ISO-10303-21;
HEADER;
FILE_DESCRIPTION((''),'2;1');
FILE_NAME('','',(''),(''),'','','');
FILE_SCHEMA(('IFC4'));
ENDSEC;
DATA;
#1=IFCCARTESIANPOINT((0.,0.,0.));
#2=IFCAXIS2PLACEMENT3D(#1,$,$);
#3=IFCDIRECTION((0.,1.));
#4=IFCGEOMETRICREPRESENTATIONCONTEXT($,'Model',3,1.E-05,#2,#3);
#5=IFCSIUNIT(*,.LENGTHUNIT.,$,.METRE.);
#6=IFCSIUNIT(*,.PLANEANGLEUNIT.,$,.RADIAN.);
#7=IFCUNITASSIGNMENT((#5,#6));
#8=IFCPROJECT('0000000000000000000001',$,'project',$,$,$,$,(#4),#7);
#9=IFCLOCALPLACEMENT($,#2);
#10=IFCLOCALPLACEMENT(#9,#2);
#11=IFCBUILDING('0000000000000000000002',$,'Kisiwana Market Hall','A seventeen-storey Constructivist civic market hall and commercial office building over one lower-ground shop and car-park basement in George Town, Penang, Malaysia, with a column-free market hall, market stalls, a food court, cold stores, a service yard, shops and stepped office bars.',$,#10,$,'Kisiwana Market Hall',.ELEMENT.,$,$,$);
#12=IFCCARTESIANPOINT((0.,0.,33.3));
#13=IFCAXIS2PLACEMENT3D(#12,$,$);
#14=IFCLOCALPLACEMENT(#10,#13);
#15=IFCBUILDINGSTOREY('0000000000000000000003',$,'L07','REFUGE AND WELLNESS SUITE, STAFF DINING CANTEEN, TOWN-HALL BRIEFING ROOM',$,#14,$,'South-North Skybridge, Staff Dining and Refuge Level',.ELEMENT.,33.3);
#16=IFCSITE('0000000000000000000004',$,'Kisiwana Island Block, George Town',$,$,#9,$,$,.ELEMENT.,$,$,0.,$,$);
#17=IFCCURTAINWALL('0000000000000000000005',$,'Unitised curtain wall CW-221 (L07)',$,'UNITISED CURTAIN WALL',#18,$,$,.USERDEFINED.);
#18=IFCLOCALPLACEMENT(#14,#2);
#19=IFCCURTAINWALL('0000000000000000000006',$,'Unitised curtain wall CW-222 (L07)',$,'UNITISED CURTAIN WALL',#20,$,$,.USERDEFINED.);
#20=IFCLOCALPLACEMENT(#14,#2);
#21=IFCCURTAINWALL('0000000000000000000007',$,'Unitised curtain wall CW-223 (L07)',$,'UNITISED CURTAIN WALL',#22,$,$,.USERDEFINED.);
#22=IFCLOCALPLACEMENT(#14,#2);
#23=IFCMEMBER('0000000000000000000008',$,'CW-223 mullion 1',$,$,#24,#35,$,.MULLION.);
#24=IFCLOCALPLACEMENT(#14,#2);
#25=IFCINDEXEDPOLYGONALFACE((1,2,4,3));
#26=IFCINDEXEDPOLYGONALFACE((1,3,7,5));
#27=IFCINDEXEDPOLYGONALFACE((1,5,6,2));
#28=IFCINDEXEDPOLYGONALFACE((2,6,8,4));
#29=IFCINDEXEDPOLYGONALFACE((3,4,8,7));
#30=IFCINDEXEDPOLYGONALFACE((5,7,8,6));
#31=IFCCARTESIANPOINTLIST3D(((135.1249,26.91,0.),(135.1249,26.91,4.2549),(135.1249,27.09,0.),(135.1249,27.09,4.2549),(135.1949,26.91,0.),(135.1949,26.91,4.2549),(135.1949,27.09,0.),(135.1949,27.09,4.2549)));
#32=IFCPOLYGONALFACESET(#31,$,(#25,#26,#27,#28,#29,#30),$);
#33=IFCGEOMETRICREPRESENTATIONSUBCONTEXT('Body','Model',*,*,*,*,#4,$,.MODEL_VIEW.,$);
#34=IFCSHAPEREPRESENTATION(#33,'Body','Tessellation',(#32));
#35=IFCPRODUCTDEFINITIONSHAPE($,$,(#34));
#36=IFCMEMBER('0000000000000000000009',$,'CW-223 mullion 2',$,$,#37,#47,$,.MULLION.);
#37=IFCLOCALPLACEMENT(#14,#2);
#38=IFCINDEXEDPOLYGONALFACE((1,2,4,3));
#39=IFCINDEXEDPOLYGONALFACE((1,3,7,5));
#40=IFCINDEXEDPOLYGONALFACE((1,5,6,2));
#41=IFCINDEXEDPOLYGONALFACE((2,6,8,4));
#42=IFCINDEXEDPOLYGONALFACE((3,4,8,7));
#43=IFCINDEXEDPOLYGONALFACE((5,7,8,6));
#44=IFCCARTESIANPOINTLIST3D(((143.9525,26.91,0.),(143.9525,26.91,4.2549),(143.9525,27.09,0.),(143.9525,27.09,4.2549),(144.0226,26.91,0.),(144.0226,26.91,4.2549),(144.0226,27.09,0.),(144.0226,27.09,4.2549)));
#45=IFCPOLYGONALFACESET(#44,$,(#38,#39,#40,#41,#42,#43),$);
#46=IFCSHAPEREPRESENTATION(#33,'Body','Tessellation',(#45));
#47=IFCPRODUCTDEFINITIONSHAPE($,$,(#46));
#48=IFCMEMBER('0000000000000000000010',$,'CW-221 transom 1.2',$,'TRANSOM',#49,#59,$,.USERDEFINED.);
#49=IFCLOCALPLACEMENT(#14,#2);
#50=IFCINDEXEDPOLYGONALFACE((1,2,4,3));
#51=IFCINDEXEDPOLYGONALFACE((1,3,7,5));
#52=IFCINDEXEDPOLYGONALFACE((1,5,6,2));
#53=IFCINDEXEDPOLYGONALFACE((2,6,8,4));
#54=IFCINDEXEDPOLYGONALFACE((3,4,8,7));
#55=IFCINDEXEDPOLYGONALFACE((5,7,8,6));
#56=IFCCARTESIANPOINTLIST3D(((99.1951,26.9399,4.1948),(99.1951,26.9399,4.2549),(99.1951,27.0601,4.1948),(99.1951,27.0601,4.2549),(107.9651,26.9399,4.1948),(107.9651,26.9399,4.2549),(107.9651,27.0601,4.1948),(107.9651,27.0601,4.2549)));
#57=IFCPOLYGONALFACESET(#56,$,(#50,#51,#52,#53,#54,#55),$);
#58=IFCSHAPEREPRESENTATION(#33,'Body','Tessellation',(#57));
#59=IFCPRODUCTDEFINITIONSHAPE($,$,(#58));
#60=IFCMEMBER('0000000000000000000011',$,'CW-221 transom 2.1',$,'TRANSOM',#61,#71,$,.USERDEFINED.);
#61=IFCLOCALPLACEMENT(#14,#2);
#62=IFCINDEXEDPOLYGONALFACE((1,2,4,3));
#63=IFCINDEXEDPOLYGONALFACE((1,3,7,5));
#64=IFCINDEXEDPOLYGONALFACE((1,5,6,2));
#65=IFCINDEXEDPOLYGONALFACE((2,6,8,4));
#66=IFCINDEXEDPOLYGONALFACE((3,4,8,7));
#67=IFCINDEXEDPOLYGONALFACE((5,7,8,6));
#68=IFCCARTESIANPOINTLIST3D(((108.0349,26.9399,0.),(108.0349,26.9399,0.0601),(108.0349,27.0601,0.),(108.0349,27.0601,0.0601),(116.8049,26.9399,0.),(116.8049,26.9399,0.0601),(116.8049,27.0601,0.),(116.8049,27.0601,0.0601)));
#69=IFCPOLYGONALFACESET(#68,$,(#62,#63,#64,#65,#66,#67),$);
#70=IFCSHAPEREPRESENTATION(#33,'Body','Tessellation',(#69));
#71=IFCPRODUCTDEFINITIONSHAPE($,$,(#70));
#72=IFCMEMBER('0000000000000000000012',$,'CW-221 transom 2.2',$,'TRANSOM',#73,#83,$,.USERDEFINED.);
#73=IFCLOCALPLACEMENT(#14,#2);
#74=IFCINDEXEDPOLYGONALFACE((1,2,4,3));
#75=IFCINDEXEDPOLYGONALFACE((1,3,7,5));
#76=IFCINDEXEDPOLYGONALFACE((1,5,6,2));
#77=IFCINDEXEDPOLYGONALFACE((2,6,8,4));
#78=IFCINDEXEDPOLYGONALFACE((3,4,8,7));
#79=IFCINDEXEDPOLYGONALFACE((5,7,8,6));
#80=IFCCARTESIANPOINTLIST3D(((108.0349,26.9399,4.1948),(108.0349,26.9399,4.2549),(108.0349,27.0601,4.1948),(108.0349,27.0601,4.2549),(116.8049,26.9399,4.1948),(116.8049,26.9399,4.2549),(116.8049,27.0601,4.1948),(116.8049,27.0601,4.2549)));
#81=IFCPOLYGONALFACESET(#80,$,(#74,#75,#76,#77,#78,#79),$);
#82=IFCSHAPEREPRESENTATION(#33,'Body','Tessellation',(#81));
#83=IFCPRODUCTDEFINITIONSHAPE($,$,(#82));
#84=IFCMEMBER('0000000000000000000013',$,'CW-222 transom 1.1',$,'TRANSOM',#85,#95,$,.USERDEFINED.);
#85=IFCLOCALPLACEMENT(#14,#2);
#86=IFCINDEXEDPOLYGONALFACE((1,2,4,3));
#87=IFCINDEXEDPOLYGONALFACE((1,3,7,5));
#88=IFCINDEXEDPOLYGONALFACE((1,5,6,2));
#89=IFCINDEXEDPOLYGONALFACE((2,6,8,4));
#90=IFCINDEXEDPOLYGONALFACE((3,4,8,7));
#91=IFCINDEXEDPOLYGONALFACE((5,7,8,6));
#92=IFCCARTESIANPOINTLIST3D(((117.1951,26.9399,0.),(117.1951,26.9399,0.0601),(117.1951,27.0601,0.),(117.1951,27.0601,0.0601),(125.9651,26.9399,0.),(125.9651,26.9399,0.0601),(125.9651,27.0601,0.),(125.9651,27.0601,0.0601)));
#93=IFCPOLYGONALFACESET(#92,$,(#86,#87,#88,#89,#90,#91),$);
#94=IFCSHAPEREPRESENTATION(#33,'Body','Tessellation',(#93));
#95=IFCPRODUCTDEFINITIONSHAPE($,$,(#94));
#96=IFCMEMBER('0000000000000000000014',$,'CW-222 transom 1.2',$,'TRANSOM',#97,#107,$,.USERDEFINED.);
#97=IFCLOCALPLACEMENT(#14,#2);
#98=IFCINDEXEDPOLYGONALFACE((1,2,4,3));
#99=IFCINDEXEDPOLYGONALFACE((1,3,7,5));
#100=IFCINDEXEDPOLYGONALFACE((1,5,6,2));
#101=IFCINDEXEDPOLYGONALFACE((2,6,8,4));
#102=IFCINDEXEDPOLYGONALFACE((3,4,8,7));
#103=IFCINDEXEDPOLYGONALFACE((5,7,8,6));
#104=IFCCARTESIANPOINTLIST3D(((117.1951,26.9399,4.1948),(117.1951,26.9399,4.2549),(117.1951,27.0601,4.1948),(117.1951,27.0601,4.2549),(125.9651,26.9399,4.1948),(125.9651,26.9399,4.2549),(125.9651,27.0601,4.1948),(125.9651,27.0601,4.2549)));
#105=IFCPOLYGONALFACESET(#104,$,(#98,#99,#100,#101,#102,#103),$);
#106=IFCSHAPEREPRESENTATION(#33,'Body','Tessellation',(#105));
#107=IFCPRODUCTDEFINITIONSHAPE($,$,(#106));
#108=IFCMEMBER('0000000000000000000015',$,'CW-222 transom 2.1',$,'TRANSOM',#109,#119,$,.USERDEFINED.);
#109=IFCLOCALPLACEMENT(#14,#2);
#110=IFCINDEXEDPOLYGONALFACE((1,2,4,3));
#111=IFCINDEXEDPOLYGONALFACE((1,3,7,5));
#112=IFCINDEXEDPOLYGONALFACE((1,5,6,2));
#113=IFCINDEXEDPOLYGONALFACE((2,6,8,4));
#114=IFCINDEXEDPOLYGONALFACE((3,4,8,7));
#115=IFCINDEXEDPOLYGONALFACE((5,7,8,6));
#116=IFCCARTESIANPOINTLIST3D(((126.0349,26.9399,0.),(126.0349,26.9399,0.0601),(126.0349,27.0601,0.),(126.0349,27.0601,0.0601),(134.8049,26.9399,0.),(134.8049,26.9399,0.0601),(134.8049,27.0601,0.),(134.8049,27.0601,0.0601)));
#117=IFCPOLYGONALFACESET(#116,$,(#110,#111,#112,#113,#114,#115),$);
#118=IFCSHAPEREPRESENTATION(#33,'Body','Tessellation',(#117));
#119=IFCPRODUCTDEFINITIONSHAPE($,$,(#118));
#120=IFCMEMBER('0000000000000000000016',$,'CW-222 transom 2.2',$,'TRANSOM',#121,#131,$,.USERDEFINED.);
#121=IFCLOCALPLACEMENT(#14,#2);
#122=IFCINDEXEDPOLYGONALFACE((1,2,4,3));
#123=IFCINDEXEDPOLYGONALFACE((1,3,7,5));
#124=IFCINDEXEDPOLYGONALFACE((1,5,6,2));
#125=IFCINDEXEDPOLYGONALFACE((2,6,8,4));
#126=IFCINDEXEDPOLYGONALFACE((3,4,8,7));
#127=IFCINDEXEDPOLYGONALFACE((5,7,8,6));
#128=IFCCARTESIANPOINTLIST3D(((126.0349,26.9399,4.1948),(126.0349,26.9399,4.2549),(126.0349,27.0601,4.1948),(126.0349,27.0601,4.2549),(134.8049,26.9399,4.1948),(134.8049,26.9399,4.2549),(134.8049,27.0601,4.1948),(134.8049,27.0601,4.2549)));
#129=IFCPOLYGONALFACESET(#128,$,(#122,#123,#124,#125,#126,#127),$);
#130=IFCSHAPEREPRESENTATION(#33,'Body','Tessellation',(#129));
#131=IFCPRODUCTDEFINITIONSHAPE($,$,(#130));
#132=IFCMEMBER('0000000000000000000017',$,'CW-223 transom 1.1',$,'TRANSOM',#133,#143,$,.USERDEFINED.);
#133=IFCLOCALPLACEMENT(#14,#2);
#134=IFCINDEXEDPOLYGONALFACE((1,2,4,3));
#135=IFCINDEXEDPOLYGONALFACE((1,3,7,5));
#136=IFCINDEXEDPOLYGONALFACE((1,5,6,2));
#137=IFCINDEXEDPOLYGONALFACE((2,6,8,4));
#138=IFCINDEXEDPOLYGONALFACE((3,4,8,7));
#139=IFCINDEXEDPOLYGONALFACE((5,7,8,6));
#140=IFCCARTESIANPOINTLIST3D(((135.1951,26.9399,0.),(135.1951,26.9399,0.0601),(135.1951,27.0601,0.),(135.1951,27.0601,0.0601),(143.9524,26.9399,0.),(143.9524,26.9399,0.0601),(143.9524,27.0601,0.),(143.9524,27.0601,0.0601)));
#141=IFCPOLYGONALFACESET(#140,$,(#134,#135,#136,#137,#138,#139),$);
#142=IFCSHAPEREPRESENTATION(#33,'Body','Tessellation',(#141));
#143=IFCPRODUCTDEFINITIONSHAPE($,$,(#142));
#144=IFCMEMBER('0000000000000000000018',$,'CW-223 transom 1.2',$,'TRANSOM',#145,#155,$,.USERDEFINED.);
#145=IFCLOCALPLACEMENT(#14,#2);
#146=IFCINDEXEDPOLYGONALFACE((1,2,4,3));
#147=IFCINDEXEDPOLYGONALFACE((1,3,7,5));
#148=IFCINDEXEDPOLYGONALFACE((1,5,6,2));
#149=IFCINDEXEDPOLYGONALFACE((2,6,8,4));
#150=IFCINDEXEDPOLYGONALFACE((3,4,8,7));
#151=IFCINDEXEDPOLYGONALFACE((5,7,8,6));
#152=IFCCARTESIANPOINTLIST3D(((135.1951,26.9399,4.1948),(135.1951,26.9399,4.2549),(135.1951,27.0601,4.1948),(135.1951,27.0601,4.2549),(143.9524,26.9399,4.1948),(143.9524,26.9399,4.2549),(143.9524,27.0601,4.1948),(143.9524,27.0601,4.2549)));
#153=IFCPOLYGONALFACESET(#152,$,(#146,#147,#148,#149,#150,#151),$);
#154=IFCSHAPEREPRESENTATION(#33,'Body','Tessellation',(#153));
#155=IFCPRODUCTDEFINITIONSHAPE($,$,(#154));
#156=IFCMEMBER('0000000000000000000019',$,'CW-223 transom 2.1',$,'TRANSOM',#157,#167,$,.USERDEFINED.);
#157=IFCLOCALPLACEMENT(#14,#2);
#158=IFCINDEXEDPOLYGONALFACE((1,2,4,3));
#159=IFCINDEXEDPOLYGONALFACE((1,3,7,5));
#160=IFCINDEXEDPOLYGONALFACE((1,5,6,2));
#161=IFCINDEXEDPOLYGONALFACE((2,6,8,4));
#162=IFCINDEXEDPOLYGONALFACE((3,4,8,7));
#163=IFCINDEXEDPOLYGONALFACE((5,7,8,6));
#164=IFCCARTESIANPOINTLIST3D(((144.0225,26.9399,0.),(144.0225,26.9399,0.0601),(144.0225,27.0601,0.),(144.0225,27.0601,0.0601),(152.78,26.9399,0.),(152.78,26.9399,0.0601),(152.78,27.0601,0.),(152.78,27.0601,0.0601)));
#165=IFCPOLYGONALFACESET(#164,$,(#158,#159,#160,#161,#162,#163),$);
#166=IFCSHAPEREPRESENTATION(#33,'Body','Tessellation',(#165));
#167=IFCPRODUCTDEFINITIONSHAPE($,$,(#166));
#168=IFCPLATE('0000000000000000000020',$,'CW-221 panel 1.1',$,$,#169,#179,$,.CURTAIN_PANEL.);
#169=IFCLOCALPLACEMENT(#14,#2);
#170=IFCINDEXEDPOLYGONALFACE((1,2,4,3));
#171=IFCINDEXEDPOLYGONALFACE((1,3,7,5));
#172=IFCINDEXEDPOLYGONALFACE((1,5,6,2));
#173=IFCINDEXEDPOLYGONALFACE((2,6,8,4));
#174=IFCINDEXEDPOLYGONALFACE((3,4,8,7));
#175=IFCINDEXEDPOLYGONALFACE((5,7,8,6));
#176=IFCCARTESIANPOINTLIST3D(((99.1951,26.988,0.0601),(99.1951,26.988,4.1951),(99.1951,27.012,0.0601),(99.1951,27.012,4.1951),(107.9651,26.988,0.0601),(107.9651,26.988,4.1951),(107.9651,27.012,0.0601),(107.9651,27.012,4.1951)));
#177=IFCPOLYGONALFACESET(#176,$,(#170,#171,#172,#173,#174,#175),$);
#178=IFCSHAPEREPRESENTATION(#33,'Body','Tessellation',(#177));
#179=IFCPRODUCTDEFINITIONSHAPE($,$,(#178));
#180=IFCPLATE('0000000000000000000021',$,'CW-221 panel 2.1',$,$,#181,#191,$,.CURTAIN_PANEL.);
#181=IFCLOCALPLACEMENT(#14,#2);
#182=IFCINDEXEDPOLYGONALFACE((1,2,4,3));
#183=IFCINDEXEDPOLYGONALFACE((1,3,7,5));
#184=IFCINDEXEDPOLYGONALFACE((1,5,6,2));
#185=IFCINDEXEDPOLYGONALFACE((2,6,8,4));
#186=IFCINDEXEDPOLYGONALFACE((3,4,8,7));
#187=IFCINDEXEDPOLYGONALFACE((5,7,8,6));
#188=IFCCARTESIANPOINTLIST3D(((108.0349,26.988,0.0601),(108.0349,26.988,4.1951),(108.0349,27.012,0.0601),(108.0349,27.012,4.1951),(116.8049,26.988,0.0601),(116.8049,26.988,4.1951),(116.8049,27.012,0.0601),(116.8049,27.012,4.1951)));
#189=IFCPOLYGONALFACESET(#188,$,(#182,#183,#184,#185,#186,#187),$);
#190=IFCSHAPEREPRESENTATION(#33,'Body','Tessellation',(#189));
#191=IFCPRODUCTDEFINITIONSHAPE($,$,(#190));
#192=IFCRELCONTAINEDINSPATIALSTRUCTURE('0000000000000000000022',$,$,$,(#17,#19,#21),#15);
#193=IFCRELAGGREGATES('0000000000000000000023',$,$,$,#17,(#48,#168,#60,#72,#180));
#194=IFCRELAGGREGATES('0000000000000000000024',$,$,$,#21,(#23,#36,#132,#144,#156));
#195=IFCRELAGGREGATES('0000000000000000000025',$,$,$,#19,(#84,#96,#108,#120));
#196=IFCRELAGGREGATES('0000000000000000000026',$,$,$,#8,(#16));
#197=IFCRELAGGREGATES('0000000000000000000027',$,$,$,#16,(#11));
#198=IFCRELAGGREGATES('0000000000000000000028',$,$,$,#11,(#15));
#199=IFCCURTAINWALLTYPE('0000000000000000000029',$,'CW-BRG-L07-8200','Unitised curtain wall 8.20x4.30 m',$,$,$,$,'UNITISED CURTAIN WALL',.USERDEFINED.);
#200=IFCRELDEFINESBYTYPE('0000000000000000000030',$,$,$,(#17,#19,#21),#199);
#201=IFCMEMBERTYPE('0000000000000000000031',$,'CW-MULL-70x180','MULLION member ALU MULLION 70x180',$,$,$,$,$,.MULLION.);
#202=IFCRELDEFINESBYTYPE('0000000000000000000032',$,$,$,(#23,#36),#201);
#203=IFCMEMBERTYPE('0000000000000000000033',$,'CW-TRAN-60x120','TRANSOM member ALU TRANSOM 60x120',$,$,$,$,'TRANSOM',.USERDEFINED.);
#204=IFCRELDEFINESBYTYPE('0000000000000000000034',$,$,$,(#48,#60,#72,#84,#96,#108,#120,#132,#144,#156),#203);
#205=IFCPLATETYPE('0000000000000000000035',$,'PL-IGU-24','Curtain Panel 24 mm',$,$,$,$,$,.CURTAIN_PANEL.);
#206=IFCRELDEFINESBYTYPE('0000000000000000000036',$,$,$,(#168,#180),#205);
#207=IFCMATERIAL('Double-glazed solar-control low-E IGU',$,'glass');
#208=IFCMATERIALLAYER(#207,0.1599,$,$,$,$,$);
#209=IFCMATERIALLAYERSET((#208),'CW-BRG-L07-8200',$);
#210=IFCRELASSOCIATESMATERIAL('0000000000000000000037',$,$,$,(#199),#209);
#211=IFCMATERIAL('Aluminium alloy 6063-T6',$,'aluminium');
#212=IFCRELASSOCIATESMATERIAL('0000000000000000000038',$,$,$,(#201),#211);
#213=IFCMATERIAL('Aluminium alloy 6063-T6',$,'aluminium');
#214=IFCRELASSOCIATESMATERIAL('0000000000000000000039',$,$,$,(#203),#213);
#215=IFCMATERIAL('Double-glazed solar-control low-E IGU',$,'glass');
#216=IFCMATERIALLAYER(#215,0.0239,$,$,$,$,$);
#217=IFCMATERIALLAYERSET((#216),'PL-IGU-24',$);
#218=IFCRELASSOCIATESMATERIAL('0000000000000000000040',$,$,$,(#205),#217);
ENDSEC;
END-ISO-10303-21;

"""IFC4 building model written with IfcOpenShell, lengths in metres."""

from ifc_helpers import new_model, si_unit, direction, frame, origin, origin_2d, place, context, subcontext, project, spatial, rectangle, extrude, material, layer, layer_set, material_profile, profile_set, type_object, element, aggregate, save


model = new_model("IFC4")

# Units and contexts
model_context = context("Model", 3, precision=1e-05, world=origin(), true_north=direction((0.0, 1.0)))
body_context = subcontext(model_context, "Body", "Model", "MODEL_VIEW")
ifc_project = project(units=[si_unit("LENGTHUNIT", "METRE"), si_unit("PLANEANGLEUNIT", "RADIAN")], contexts=[model_context])

# Site, building, storey
site_placement = place(None, origin())
site = spatial("IfcSite", under=ifc_project, at=site_placement, Name="Kisiwana Island Block, George Town", CompositionType="ELEMENT", RefElevation=0.0)
building_placement = place(site_placement, origin())
building = spatial("IfcBuilding", under=site, at=building_placement, Name="Kisiwana Market Hall", Description="A seventeen-storey Constructivist civic market hall and commercial office building over one lower-ground shop and car-park basement in George Town, Penang, Malaysia, with a column-free market hall, market stalls, a food court, cold stores, a service yard, shops and stepped office bars.", LongName="Kisiwana Market Hall", CompositionType="ELEMENT")
storey_placement = place(building_placement, frame((0.0, 0.0, 33.3)))
storey = spatial("IfcBuildingStorey", under=building, at=storey_placement, Name="L07", Description="REFUGE AND WELLNESS SUITE, STAFF DINING CANTEEN, TOWN-HALL BRIEFING ROOM", LongName="South-North Skybridge, Staff Dining and Refuge Level", CompositionType="ELEMENT", Elevation=33.3)

# Curtain walls, members
ifc_material_1 = material(Name="Double-glazed solar-control low-E IGU", Category="glass")
ifc_layer_1 = layer(ifc_material_1, 0.1599)
ifc_layer_set_1 = layer_set([ifc_layer_1], Name="CW-BRG-L07-8200")
curtain_wall_type = type_object("IfcCurtainWallType", Name="CW-BRG-L07-8200", Description="Unitised curtain wall 8.20x4.30 m", ElementType="UNITISED CURTAIN WALL", PredefinedType="USERDEFINED", material=ifc_layer_set_1)
curtain_wall_1_placement = place(storey_placement, origin())
curtain_wall_1 = element("IfcCurtainWall", 1, at=curtain_wall_1_placement, inside=storey, type_object=curtain_wall_type, Name="Unitised curtain wall CW-221 (L07)", ObjectType="UNITISED CURTAIN WALL", PredefinedType="USERDEFINED")
ifc_material_2 = material(Name="Aluminium alloy 6063-T6", Category="aluminium")
ifc_material_profile_1 = material_profile(ifc_material_2, rectangle(XDim=0.0701, YDim=0.1799, at=origin_2d()), Name="ALU MULLION 70x180")
ifc_profile_set_1 = profile_set([ifc_material_profile_1], Name="Aluminium alloy 6063-T6")
member_type_1 = type_object("IfcMemberType", Name="CW-MULL-70x180", Description="MULLION member ALU MULLION 70x180", PredefinedType="MULLION", material=ifc_profile_set_1)
curtain_wall_2_placement = place(storey_placement, origin())
curtain_wall_2 = element("IfcCurtainWall", 2, at=curtain_wall_2_placement, inside=storey, type_object=curtain_wall_type, Name="Unitised curtain wall CW-222 (L07)", ObjectType="UNITISED CURTAIN WALL", PredefinedType="USERDEFINED")
curtain_wall_3_placement = place(storey_placement, origin())
curtain_wall_3 = element("IfcCurtainWall", 3, at=curtain_wall_3_placement, inside=storey, type_object=curtain_wall_type, Name="Unitised curtain wall CW-223 (L07)", ObjectType="UNITISED CURTAIN WALL", PredefinedType="USERDEFINED")
member_1_placement = place(storey_placement, frame((135.1599, 27.0, 0.0), z_axis=(0.0, 0.0, 1.0), x_axis=(1.0, 0.0, 0.0)))
member_1 = element("IfcMember", 4, at=member_1_placement, type_object=member_type_1, Name="CW-223 mullion 1", PredefinedType="MULLION", context=body_context, shape_type="SweptSolid", body=[
    extrude(rectangle(XDim=0.0701, YDim=0.1799, at=origin_2d()), origin(), (0.0, 0.0, 1.0), 4.2549),
])
member_2_placement = place(storey_placement, frame((143.9875, 27.0, 0.0), z_axis=(0.0, 0.0, 1.0), x_axis=(1.0, 0.0, 0.0)))
member_2 = element("IfcMember", 5, at=member_2_placement, type_object=member_type_1, Name="CW-223 mullion 2", PredefinedType="MULLION", context=body_context, shape_type="SweptSolid", body=[
    extrude(rectangle(XDim=0.0701, YDim=0.1799, at=origin_2d()), origin(), (0.0, 0.0, 1.0), 4.2549),
])

# Members
ifc_material_3 = material(Name="Aluminium alloy 6063-T6", Category="aluminium")
ifc_material_profile_2 = material_profile(ifc_material_3, rectangle(XDim=0.1201, YDim=0.0601, at=origin_2d()), Name="ALU TRANSOM 60x120")
ifc_profile_set_2 = profile_set([ifc_material_profile_2], Name="Aluminium alloy 6063-T6")
member_type_2 = type_object("IfcMemberType", Name="CW-TRAN-60x120", Description="TRANSOM member ALU TRANSOM 60x120", ElementType="TRANSOM", PredefinedType="USERDEFINED", material=ifc_profile_set_2)
member_3_placement = place(storey_placement, frame((99.1951, 27.0, 4.2249), z_axis=(1.0, 0.0, 0.0), x_axis=(0.0, 1.0, 0.0)))
member_3 = element("IfcMember", 6, at=member_3_placement, type_object=member_type_2, Name="CW-221 transom 1.2", ObjectType="TRANSOM", PredefinedType="USERDEFINED", context=body_context, shape_type="SweptSolid", body=[
    extrude(rectangle(XDim=0.1201, YDim=0.0601, at=origin_2d()), origin(), (0.0, 0.0, 1.0), 8.77),
])
member_4_placement = place(storey_placement, frame((108.0349, 27.0, 0.03), z_axis=(1.0, 0.0, 0.0), x_axis=(0.0, 1.0, 0.0)))
member_4 = element("IfcMember", 7, at=member_4_placement, type_object=member_type_2, Name="CW-221 transom 2.1", ObjectType="TRANSOM", PredefinedType="USERDEFINED", context=body_context, shape_type="SweptSolid", body=[
    extrude(rectangle(XDim=0.1201, YDim=0.0601, at=origin_2d()), origin(), (0.0, 0.0, 1.0), 8.77),
])
member_5_placement = place(storey_placement, frame((108.0349, 27.0, 4.2249), z_axis=(1.0, 0.0, 0.0), x_axis=(0.0, 1.0, 0.0)))
member_5 = element("IfcMember", 8, at=member_5_placement, type_object=member_type_2, Name="CW-221 transom 2.2", ObjectType="TRANSOM", PredefinedType="USERDEFINED", context=body_context, shape_type="SweptSolid", body=[
    extrude(rectangle(XDim=0.1201, YDim=0.0601, at=origin_2d()), origin(), (0.0, 0.0, 1.0), 8.77),
])
member_6_placement = place(storey_placement, frame((117.1951, 27.0, 0.03), z_axis=(1.0, 0.0, 0.0), x_axis=(0.0, 1.0, 0.0)))
member_6 = element("IfcMember", 9, at=member_6_placement, type_object=member_type_2, Name="CW-222 transom 1.1", ObjectType="TRANSOM", PredefinedType="USERDEFINED", context=body_context, shape_type="SweptSolid", body=[
    extrude(rectangle(XDim=0.1201, YDim=0.0601, at=origin_2d()), origin(), (0.0, 0.0, 1.0), 8.77),
])
member_7_placement = place(storey_placement, frame((117.1951, 27.0, 4.2249), z_axis=(1.0, 0.0, 0.0), x_axis=(0.0, 1.0, 0.0)))
member_7 = element("IfcMember", 10, at=member_7_placement, type_object=member_type_2, Name="CW-222 transom 1.2", ObjectType="TRANSOM", PredefinedType="USERDEFINED", context=body_context, shape_type="SweptSolid", body=[
    extrude(rectangle(XDim=0.1201, YDim=0.0601, at=origin_2d()), origin(), (0.0, 0.0, 1.0), 8.77),
])
member_8_placement = place(storey_placement, frame((126.0349, 27.0, 0.03), z_axis=(1.0, 0.0, 0.0), x_axis=(0.0, 1.0, 0.0)))
member_8 = element("IfcMember", 11, at=member_8_placement, type_object=member_type_2, Name="CW-222 transom 2.1", ObjectType="TRANSOM", PredefinedType="USERDEFINED", context=body_context, shape_type="SweptSolid", body=[
    extrude(rectangle(XDim=0.1201, YDim=0.0601, at=origin_2d()), origin(), (0.0, 0.0, 1.0), 8.77),
])
member_9_placement = place(storey_placement, frame((126.0349, 27.0, 4.2249), z_axis=(1.0, 0.0, 0.0), x_axis=(0.0, 1.0, 0.0)))
member_9 = element("IfcMember", 12, at=member_9_placement, type_object=member_type_2, Name="CW-222 transom 2.2", ObjectType="TRANSOM", PredefinedType="USERDEFINED", context=body_context, shape_type="SweptSolid", body=[
    extrude(rectangle(XDim=0.1201, YDim=0.0601, at=origin_2d()), origin(), (0.0, 0.0, 1.0), 8.77),
])
member_10_placement = place(storey_placement, frame((135.1951, 27.0, 0.03), z_axis=(1.0, 0.0, 0.0), x_axis=(0.0, 1.0, 0.0)))
member_10 = element("IfcMember", 13, at=member_10_placement, type_object=member_type_2, Name="CW-223 transom 1.1", ObjectType="TRANSOM", PredefinedType="USERDEFINED", context=body_context, shape_type="SweptSolid", body=[
    extrude(rectangle(XDim=0.1201, YDim=0.0601, at=origin_2d()), origin(), (0.0, 0.0, 1.0), 8.7573),
])
member_11_placement = place(storey_placement, frame((135.1951, 27.0, 4.2249), z_axis=(1.0, 0.0, 0.0), x_axis=(0.0, 1.0, 0.0)))
member_11 = element("IfcMember", 14, at=member_11_placement, type_object=member_type_2, Name="CW-223 transom 1.2", ObjectType="TRANSOM", PredefinedType="USERDEFINED", context=body_context, shape_type="SweptSolid", body=[
    extrude(rectangle(XDim=0.1201, YDim=0.0601, at=origin_2d()), origin(), (0.0, 0.0, 1.0), 8.7573),
])
member_12_placement = place(storey_placement, frame((144.0225, 27.0, 0.03), z_axis=(1.0, 0.0, 0.0), x_axis=(0.0, 1.0, 0.0)))
member_12 = element("IfcMember", 15, at=member_12_placement, type_object=member_type_2, Name="CW-223 transom 2.1", ObjectType="TRANSOM", PredefinedType="USERDEFINED", context=body_context, shape_type="SweptSolid", body=[
    extrude(rectangle(XDim=0.1201, YDim=0.0601, at=origin_2d()), origin(), (0.0, 0.0, 1.0), 8.7576),
])

# Plates
ifc_material_4 = material(Name="Double-glazed solar-control low-E IGU", Category="glass")
ifc_layer_2 = layer(ifc_material_4, 0.0239)
ifc_layer_set_2 = layer_set([ifc_layer_2], Name="PL-IGU-24")
plate_type_1 = type_object("IfcPlateType", Name="PL-IGU-24", Description="Curtain Panel 24 mm", PredefinedType="CURTAIN_PANEL", material=ifc_layer_set_2)
plate_1_placement = place(storey_placement, frame((103.5801, 27.0, 0.0601), z_axis=(0.0, 0.0, 1.0), x_axis=(1.0, 0.0, 0.0)))
plate_1 = element("IfcPlate", 16, at=plate_1_placement, type_object=plate_type_1, Name="CW-221 panel 1.1", PredefinedType="CURTAIN_PANEL", context=body_context, shape_type="SweptSolid", body=[
    extrude(rectangle(XDim=8.77, YDim=0.0239, at=origin_2d()), origin(), (0.0, 0.0, 1.0), 4.135),
])
plate_2_placement = place(storey_placement, frame((112.4199, 27.0, 0.0601), z_axis=(0.0, 0.0, 1.0), x_axis=(1.0, 0.0, 0.0)))
plate_2 = element("IfcPlate", 17, at=plate_2_placement, type_object=plate_type_1, Name="CW-221 panel 2.1", PredefinedType="CURTAIN_PANEL", context=body_context, shape_type="SweptSolid", body=[
    extrude(rectangle(XDim=8.77, YDim=0.0239, at=origin_2d()), origin(), (0.0, 0.0, 1.0), 4.135),
])
aggregate(curtain_wall_1, [member_3, plate_1, member_4, member_5, plate_2])
aggregate(curtain_wall_3, [member_1, member_2, member_10, member_11, member_12])
aggregate(curtain_wall_2, [member_6, member_7, member_8, member_9])

save(model, "model.ifc")
